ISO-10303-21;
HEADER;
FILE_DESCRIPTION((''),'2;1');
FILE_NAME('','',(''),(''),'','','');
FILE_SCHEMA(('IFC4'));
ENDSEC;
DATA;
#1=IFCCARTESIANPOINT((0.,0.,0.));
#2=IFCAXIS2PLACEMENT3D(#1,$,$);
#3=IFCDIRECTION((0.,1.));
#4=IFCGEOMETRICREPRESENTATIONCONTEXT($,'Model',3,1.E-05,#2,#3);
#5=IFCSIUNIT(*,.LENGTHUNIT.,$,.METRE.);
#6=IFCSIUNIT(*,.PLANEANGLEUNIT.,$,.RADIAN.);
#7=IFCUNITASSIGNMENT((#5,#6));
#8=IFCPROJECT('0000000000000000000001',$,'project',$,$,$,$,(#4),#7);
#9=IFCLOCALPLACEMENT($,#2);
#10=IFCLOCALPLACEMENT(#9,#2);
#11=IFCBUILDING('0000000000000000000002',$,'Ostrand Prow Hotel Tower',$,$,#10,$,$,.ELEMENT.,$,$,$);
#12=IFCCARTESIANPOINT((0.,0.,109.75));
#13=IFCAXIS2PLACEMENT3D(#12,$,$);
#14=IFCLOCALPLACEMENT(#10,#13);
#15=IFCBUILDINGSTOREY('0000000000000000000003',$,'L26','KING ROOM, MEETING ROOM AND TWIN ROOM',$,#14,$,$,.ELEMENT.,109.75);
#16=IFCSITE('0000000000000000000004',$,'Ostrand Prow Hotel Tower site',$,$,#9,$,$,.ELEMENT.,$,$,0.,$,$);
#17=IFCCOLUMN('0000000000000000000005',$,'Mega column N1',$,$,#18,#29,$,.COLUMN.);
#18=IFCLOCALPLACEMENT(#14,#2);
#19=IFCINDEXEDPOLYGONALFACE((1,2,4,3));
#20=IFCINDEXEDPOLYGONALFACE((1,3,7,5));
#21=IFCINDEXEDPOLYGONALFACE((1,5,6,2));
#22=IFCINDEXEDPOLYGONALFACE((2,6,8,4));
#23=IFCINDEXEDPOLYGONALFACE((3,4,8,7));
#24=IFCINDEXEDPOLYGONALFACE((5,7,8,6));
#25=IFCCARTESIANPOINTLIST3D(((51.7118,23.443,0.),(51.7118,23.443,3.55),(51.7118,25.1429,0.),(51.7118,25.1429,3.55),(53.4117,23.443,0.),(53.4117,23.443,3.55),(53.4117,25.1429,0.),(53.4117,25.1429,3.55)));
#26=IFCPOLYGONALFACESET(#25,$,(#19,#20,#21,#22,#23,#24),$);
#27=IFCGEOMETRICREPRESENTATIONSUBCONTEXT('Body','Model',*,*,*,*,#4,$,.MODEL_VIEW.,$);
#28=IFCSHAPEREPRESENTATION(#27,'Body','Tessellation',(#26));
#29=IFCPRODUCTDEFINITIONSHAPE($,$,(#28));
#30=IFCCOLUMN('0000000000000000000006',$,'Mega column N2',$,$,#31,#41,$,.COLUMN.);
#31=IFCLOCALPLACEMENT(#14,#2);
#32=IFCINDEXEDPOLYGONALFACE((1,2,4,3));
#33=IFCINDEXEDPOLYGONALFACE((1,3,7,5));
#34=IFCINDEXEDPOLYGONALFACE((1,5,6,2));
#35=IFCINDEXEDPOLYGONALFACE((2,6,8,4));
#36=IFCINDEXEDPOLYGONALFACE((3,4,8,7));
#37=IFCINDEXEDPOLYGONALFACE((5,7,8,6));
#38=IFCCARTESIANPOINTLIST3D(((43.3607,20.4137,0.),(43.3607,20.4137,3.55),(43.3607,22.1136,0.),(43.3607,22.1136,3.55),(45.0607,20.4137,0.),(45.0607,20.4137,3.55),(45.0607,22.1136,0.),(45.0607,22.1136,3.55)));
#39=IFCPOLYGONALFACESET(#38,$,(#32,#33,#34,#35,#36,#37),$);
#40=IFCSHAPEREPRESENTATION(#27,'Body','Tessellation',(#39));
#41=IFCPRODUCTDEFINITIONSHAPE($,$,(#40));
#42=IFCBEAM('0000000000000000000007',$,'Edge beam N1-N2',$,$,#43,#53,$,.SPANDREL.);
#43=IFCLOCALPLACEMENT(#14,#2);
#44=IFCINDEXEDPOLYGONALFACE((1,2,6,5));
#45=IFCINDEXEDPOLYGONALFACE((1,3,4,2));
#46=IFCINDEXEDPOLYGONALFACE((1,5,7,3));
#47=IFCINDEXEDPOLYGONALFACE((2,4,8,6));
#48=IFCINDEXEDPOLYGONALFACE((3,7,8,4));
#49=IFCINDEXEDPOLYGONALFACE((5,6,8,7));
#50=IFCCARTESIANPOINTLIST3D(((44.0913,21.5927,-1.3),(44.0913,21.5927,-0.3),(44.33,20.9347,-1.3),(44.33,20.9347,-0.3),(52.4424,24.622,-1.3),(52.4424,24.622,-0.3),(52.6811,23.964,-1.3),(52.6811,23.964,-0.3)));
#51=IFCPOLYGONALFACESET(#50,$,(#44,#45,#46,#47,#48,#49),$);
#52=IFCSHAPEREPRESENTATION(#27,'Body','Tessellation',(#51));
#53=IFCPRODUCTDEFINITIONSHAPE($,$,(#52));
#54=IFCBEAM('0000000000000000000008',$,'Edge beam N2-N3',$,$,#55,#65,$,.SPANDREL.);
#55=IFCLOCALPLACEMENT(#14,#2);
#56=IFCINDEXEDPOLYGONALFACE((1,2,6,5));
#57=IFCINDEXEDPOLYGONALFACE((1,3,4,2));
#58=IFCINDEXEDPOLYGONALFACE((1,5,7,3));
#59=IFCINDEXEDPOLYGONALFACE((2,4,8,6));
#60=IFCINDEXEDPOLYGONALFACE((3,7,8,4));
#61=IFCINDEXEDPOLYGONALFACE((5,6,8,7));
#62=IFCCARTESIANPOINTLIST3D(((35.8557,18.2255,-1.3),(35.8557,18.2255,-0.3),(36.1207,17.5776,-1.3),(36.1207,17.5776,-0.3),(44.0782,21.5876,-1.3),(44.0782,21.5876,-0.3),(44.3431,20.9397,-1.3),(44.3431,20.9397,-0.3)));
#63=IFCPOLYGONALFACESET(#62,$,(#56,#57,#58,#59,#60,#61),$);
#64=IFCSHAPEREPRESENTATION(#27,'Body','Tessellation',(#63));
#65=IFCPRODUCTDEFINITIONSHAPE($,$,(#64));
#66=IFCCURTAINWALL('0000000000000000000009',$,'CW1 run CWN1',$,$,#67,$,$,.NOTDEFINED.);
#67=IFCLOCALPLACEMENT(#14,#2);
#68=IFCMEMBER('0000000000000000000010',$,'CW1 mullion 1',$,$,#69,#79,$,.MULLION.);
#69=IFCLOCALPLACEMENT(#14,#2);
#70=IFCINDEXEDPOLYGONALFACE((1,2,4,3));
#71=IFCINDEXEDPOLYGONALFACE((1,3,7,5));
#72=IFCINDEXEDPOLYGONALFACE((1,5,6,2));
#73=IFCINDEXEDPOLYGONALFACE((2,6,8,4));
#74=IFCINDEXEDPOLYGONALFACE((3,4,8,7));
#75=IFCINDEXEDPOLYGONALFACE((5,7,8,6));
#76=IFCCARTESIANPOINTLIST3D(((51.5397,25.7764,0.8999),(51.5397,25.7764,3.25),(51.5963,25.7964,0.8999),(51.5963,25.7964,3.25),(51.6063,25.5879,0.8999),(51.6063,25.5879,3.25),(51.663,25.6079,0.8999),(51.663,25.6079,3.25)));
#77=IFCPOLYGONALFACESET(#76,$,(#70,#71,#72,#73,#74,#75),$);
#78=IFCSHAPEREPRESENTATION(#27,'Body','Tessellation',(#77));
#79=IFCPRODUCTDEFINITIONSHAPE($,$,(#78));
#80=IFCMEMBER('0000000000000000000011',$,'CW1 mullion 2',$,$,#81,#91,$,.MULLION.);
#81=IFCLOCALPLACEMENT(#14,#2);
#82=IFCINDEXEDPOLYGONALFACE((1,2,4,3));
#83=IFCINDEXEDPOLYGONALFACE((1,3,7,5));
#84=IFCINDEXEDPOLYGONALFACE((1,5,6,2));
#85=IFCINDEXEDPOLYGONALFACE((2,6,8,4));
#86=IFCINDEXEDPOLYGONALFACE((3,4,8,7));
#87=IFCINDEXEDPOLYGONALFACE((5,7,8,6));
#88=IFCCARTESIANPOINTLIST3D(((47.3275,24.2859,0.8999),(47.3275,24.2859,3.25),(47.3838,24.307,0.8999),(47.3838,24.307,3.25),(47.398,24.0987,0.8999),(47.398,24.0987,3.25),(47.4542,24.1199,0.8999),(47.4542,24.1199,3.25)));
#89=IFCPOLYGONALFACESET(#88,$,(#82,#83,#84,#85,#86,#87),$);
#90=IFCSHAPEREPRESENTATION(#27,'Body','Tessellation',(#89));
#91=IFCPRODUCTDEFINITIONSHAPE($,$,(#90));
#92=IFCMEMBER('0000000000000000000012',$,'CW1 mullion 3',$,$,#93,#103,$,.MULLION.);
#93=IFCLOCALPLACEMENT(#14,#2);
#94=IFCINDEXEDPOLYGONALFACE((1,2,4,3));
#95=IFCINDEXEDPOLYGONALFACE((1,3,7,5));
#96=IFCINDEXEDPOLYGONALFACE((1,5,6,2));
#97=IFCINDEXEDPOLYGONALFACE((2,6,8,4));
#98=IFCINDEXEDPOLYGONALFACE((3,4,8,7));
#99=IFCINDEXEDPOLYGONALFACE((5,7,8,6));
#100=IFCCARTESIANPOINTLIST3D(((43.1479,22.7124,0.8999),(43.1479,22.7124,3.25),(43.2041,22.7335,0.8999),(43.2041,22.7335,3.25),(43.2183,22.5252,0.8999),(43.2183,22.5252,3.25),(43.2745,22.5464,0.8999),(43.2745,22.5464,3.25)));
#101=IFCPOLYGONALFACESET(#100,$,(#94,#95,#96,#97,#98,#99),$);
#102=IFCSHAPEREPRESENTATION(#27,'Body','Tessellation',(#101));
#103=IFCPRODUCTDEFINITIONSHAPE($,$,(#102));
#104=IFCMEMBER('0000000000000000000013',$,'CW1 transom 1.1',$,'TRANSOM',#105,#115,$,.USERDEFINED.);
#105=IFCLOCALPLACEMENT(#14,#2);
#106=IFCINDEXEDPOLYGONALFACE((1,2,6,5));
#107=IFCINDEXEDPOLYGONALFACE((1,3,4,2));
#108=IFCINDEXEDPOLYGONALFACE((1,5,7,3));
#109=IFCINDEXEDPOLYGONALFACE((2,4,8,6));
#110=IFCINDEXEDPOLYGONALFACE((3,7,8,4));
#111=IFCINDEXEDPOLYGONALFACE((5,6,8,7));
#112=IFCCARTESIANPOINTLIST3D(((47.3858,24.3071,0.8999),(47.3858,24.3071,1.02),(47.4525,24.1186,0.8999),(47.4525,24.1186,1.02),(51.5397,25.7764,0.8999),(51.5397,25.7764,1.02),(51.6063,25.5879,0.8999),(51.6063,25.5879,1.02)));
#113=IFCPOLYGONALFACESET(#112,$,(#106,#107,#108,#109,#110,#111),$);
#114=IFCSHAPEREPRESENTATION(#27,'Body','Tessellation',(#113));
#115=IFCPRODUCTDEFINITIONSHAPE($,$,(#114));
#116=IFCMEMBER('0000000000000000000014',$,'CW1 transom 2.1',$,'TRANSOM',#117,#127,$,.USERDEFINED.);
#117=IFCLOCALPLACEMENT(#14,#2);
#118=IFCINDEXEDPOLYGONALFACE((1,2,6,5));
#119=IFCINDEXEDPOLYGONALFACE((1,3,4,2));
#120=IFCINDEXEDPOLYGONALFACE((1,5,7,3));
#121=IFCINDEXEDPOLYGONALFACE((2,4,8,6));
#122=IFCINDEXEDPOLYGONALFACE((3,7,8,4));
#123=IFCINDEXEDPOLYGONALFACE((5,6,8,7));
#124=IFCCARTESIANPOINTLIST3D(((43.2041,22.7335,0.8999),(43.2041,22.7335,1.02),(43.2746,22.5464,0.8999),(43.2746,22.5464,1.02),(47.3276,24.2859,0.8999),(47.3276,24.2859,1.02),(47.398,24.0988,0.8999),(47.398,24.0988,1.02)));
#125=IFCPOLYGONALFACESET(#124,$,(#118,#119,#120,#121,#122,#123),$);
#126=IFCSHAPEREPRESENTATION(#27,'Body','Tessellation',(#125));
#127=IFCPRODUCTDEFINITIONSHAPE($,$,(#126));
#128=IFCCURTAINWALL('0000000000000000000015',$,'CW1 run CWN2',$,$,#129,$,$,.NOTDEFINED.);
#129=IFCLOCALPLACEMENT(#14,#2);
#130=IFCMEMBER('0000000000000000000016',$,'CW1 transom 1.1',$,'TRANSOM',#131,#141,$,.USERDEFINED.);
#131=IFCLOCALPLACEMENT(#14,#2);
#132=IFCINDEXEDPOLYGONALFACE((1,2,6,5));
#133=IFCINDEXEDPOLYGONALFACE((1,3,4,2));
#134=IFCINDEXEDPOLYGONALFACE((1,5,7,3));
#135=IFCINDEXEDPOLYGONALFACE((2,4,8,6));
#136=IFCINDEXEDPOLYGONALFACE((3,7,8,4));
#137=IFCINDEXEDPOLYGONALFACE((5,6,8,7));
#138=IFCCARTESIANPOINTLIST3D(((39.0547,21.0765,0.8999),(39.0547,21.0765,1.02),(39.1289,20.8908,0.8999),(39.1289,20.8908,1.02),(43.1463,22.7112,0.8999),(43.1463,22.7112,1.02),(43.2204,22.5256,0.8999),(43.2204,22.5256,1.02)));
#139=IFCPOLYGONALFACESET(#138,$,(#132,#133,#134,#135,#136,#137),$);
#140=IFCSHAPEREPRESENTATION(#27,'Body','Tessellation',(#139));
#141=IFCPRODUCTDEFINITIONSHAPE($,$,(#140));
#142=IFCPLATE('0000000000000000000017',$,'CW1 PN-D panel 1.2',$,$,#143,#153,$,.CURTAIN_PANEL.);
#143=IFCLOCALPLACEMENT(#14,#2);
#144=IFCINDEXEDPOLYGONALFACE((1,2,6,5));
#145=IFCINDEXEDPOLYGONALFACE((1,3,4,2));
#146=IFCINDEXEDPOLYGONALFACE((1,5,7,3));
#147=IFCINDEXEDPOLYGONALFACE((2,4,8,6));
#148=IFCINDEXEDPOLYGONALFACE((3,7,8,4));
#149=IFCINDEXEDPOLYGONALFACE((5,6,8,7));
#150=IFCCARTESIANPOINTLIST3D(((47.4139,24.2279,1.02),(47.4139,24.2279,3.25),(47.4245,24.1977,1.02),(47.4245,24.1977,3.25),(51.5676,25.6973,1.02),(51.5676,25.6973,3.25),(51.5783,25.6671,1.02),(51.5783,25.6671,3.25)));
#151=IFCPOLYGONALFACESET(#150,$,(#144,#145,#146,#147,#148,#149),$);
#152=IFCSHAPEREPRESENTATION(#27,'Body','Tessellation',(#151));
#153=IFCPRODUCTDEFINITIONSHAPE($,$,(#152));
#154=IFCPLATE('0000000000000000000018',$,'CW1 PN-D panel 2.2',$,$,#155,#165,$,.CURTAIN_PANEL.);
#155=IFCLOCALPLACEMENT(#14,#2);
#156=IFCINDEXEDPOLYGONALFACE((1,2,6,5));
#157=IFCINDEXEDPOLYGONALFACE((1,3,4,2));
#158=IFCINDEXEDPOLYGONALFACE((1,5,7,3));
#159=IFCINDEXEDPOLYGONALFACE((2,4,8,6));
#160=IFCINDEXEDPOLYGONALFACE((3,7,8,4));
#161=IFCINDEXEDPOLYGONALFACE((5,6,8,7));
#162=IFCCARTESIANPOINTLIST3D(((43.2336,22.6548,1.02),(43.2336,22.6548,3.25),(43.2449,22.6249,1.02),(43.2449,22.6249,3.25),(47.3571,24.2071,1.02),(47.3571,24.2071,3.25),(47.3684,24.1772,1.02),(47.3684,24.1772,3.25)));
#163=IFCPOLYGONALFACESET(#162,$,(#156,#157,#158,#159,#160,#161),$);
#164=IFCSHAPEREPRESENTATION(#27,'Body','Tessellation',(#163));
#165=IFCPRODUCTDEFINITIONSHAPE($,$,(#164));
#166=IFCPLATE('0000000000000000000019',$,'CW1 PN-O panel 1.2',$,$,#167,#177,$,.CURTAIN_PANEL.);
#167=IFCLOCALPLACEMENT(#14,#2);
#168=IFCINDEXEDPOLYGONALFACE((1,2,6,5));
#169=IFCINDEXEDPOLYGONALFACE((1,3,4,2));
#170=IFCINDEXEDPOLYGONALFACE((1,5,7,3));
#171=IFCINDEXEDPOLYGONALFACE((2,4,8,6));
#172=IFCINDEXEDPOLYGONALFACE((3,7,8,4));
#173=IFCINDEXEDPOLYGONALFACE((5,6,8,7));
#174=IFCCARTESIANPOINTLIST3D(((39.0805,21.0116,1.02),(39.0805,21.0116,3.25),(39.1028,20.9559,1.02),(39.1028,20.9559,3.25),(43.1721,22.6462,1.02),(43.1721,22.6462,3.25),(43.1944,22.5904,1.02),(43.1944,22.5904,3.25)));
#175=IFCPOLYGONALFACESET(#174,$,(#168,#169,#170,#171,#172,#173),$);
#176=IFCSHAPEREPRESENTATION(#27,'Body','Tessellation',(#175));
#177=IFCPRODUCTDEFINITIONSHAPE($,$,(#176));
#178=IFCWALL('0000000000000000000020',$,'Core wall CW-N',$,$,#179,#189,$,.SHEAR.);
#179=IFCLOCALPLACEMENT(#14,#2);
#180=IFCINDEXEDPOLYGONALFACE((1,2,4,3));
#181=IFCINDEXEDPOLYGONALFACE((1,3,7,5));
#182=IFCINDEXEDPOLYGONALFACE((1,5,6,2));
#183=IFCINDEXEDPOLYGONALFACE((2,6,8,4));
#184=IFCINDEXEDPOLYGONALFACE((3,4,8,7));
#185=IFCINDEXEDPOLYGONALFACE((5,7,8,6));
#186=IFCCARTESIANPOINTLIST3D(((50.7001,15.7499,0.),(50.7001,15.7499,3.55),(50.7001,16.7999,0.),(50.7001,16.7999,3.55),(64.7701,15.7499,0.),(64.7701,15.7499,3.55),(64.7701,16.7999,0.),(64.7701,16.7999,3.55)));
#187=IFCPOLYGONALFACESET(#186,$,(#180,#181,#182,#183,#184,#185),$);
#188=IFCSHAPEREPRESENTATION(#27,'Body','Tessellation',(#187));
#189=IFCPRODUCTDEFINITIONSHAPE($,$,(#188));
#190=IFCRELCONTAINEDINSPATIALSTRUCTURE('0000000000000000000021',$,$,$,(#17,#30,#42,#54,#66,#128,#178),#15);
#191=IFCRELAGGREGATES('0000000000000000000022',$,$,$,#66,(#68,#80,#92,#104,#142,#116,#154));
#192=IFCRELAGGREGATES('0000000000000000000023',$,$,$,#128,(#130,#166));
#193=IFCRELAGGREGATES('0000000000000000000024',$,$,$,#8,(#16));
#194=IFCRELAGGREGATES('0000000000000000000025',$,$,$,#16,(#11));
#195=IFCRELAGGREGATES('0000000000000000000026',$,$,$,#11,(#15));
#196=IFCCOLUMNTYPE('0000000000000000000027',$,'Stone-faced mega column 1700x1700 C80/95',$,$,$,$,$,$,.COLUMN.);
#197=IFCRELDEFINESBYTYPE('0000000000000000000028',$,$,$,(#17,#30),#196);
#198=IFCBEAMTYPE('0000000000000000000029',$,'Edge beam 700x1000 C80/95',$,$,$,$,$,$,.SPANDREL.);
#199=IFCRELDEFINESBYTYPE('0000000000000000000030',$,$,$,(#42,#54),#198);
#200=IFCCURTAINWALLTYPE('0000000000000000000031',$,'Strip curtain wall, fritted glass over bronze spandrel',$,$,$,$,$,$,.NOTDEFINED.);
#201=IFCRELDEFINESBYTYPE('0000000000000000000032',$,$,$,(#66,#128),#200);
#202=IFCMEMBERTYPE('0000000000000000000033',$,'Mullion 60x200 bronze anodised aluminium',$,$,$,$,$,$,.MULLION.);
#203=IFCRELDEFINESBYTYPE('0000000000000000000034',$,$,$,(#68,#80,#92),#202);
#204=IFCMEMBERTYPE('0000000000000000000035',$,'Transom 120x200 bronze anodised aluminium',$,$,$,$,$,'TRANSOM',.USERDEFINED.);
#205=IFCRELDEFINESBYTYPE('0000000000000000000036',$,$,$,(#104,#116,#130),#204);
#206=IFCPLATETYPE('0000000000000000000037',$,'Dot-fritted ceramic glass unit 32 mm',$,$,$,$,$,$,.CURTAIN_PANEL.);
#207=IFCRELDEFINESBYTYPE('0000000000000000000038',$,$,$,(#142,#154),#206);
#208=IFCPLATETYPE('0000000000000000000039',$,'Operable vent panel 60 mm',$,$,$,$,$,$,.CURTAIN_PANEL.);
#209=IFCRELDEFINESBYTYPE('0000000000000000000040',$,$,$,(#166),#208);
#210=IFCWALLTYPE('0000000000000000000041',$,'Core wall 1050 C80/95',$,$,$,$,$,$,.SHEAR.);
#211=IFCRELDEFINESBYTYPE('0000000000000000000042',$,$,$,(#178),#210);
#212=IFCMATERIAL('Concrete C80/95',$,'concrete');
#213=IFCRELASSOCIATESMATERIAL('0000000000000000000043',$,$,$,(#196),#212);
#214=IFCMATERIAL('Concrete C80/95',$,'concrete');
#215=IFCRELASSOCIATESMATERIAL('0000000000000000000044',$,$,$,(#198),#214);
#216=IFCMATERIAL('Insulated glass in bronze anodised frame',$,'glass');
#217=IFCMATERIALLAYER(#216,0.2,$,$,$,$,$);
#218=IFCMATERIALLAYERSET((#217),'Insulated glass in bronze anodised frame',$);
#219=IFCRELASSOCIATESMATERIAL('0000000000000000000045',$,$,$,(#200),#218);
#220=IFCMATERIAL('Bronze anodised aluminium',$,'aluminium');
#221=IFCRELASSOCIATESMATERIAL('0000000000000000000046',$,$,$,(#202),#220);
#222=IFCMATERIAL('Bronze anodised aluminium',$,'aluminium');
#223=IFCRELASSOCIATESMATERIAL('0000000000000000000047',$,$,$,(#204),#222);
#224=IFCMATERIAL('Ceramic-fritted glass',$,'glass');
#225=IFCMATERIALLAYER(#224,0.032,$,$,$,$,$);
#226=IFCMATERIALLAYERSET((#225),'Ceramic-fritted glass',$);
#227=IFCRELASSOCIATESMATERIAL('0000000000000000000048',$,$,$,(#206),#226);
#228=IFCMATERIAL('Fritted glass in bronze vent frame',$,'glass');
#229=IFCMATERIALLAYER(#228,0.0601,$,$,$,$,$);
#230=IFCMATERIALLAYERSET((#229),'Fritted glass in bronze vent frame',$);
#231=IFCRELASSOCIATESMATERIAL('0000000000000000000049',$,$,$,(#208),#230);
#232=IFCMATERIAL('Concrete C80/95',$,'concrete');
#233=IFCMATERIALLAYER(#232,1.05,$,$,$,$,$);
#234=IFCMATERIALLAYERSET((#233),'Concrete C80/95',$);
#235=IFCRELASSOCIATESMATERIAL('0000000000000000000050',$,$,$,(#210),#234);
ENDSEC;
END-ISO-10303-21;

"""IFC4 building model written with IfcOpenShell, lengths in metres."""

from ifc_helpers import new_model, si_unit, direction, frame, frame_2d, origin, origin_2d, place, context, subcontext, project, spatial, rectangle, extrude, material, layer, layer_set, material_profile, profile_set, type_object, element, aggregate, save


model = new_model("IFC4")

# Units and contexts
model_context = context("Model", 3, precision=1e-05, world=origin(), true_north=direction((0.0, 1.0)))
body_context = subcontext(model_context, "Body", "Model", "MODEL_VIEW")
ifc_project = project(units=[si_unit("LENGTHUNIT", "METRE"), si_unit("PLANEANGLEUNIT", "RADIAN")], contexts=[model_context])

# Site, building, storey
site_placement = place(None, origin())
site = spatial("IfcSite", under=ifc_project, at=site_placement, Name="Ostrand Prow Hotel Tower site", CompositionType="ELEMENT", RefElevation=0.0)
building_placement = place(site_placement, origin())
building = spatial("IfcBuilding", under=site, at=building_placement, Name="Ostrand Prow Hotel Tower", CompositionType="ELEMENT")
storey_placement = place(building_placement, frame((0.0, 0.0, 109.75)))
storey = spatial("IfcBuildingStorey", under=building, at=storey_placement, Name="L26", Description="KING ROOM, MEETING ROOM AND TWIN ROOM", CompositionType="ELEMENT", Elevation=109.75)

# Columns
ifc_material_1 = material(Name="Concrete C80/95", Category="concrete")
ifc_material_profile_1 = material_profile(ifc_material_1, rectangle(XDim=1.7, YDim=1.7, at=origin_2d()), Name="RC 1700x1700")
ifc_profile_set_1 = profile_set([ifc_material_profile_1], Name="Concrete C80/95")
column_type = type_object("IfcColumnType", Name="Stone-faced mega column 1700x1700 C80/95", PredefinedType="COLUMN", material=ifc_profile_set_1)
for number, where, z_axis, x_axis, name in (
    (1, (52.5618, 24.293, 0.0), (0.0, 0.0, 1.0), (1.0, 0.0, 0.0), "Mega column N1"),
    (2, (44.2107, 21.2637, 0.0), (0.0, 0.0, 1.0), (1.0, 0.0, 0.0), "Mega column N2"),
):
    element("IfcColumn", number, at=place(storey_placement, frame(where, z_axis=z_axis, x_axis=x_axis)), inside=storey, type_object=column_type, Name=name, PredefinedType="COLUMN", context=body_context, shape_type="SweptSolid", body=[
        extrude(rectangle(XDim=1.7, YDim=1.7, at=origin_2d()), origin(), (0.0, 0.0, 1.0), 3.55),
    ])

# Beams
ifc_material_2 = material(Name="Concrete C80/95", Category="concrete")
ifc_material_profile_2 = material_profile(ifc_material_2, rectangle(XDim=0.7, YDim=1.0, at=origin_2d()), Name="RC 700x1000")
ifc_profile_set_2 = profile_set([ifc_material_profile_2], Name="Concrete C80/95")
beam_type = type_object("IfcBeamType", Name="Edge beam 700x1000 C80/95", PredefinedType="SPANDREL", material=ifc_profile_set_2)
beam_1_placement = place(storey_placement, frame((52.5618, 24.293, -0.8), z_axis=(-0.940063, -0.341002, 0.0), x_axis=(0.341002, -0.940063, 0.0)))
element("IfcBeam", 3, at=beam_1_placement, inside=storey, type_object=beam_type, Name="Edge beam N1-N2", PredefinedType="SPANDREL", context=body_context, shape_type="SweptSolid", body=[
    extrude(rectangle(XDim=0.7, YDim=1.0, at=origin_2d()), origin(), (0.0, 0.0, 1.0), 8.8835),
])
beam_2_placement = place(storey_placement, frame((44.2107, 21.2637, -0.8), z_axis=(-0.925612, -0.378473, 0.0), x_axis=(0.378473, -0.925612, 0.0)))
element("IfcBeam", 4, at=beam_2_placement, inside=storey, type_object=beam_type, Name="Edge beam N2-N3", PredefinedType="SPANDREL", context=body_context, shape_type="SweptSolid", body=[
    extrude(rectangle(XDim=0.7, YDim=1.0, at=origin_2d()), origin(), (0.0, 0.0, 1.0), 8.8833),
])

# Curtain wall, members
ifc_material_3 = material(Name="Insulated glass in bronze anodised frame", Category="glass")
ifc_layer_1 = layer(ifc_material_3, 0.2)
ifc_layer_set_1 = layer_set([ifc_layer_1], Name="Insulated glass in bronze anodised frame")
curtain_wall_type = type_object("IfcCurtainWallType", Name="Strip curtain wall, fritted glass over bronze spandrel", PredefinedType="NOTDEFINED", material=ifc_layer_set_1)
curtain_wall_1_placement = place(storey_placement, origin())
curtain_wall_1 = element("IfcCurtainWall", 5, at=curtain_wall_1_placement, inside=storey, type_object=curtain_wall_type, Name="CW1 run CWN1", PredefinedType="NOTDEFINED")
ifc_material_4 = material(Name="Bronze anodised aluminium", Category="aluminium")
ifc_material_profile_3 = material_profile(ifc_material_4, rectangle(XDim=0.2, YDim=0.0601, at=origin_2d()), Name="Mullion 60x200 bronze anodised aluminium")
ifc_profile_set_3 = profile_set([ifc_material_profile_3], Name="Bronze anodised aluminium")
member_type_1 = type_object("IfcMemberType", Name="Mullion 60x200 bronze anodised aluminium", PredefinedType="MULLION", material=ifc_profile_set_3)
member_1_placement = place(storey_placement, frame((51.6013, 25.6921, 0.8999), z_axis=(0.0, 0.0, 1.0), x_axis=(0.333496, -0.942752, 0.0)))
member_1 = element("IfcMember", 6, at=member_1_placement, type_object=member_type_1, Name="CW1 mullion 1", PredefinedType="MULLION", context=body_context, shape_type="SweptSolid", body=[
    extrude(rectangle(XDim=0.2, YDim=0.0601, at=origin_2d()), origin(), (0.0, 0.0, 1.0), 2.3501),
])
member_2_placement = place(storey_placement, frame((47.3909, 24.2029, 0.8999), z_axis=(0.0, 0.0, 1.0), x_axis=(0.352309, -0.935884, 0.0)))
member_2 = element("IfcMember", 7, at=member_2_placement, type_object=member_type_1, Name="CW1 mullion 2", PredefinedType="MULLION", context=body_context, shape_type="SweptSolid", body=[
    extrude(rectangle(XDim=0.2, YDim=0.0601, at=origin_2d()), origin(), (0.0, 0.0, 1.0), 2.3501),
])
member_3_placement = place(storey_placement, frame((43.2112, 22.6294, 0.8999), z_axis=(0.0, 0.0, 1.0), x_axis=(0.352309, -0.935884, 0.0)))
member_3 = element("IfcMember", 8, at=member_3_placement, type_object=member_type_1, Name="CW1 mullion 3", PredefinedType="MULLION", context=body_context, shape_type="SweptSolid", body=[
    extrude(rectangle(XDim=0.2, YDim=0.0601, at=origin_2d()), origin(), (0.0, 0.0, 1.0), 2.3501),
])
ifc_material_5 = material(Name="Bronze anodised aluminium", Category="aluminium")
ifc_material_profile_4 = material_profile(ifc_material_5, rectangle(XDim=0.2, YDim=0.1201, at=origin_2d()), Name="Transom 120x200 bronze anodised aluminium")
ifc_profile_set_4 = profile_set([ifc_material_profile_4], Name="Bronze anodised aluminium")
member_type_2 = type_object("IfcMemberType", Name="Transom 120x200 bronze anodised aluminium", ElementType="TRANSOM", PredefinedType="USERDEFINED", material=ifc_profile_set_4)
member_4_placement = place(storey_placement, frame((51.573, 25.6821, 0.96), z_axis=(-0.942763, -0.333463, 0.0), x_axis=(0.333463, -0.942763, 0.0)))
member_4 = element("IfcMember", 9, at=member_4_placement, type_object=member_type_2, Name="CW1 transom 1.1", ObjectType="TRANSOM", PredefinedType="USERDEFINED", context=body_context, shape_type="SweptSolid", body=[
    extrude(rectangle(XDim=0.2, YDim=0.1201, at=origin_2d()), origin(), (0.0, 0.0, 1.0), 4.406),
])
member_5_placement = place(storey_placement, frame((47.3628, 24.1924, 0.96), z_axis=(-0.935868, -0.35235, 0.0), x_axis=(0.35235, -0.935868, 0.0)))
member_5 = element("IfcMember", 10, at=member_5_placement, type_object=member_type_2, Name="CW1 transom 2.1", ObjectType="TRANSOM", PredefinedType="USERDEFINED", context=body_context, shape_type="SweptSolid", body=[
    extrude(rectangle(XDim=0.2, YDim=0.1201, at=origin_2d()), origin(), (0.0, 0.0, 1.0), 4.406),
])

# Curtain wall, member
curtain_wall_2_placement = place(storey_placement, origin())
curtain_wall_2 = element("IfcCurtainWall", 11, at=curtain_wall_2_placement, inside=storey, type_object=curtain_wall_type, Name="CW1 run CWN2", PredefinedType="NOTDEFINED")
member_6_placement = place(storey_placement, frame((43.1833, 22.6184, 0.96), z_axis=(-0.928622, -0.371028, 0.0), x_axis=(0.371028, -0.928622, 0.0)))
member_6 = element("IfcMember", 12, at=member_6_placement, type_object=member_type_2, Name="CW1 transom 1.1", ObjectType="TRANSOM", PredefinedType="USERDEFINED", context=body_context, shape_type="SweptSolid", body=[
    extrude(rectangle(XDim=0.2, YDim=0.1201, at=origin_2d()), origin(), (0.0, 0.0, 1.0), 4.406),
])

# Plates
ifc_material_6 = material(Name="Ceramic-fritted glass", Category="glass")
ifc_layer_2 = layer(ifc_material_6, 0.032)
ifc_layer_set_2 = layer_set([ifc_layer_2], Name="Ceramic-fritted glass")
plate_type_1 = type_object("IfcPlateType", Name="Dot-fritted ceramic glass unit 32 mm", PredefinedType="CURTAIN_PANEL", material=ifc_layer_set_2)
plate_1_placement = place(storey_placement, frame((49.4961, 24.9475, 1.02), z_axis=(0.0, 0.0, 1.0), x_axis=(-0.942752, -0.333496, 0.0)))
plate_1 = element("IfcPlate", 13, at=plate_1_placement, type_object=plate_type_1, Name="CW1 PN-D panel 1.2", PredefinedType="CURTAIN_PANEL", context=body_context, shape_type="SweptSolid", body=[
    extrude(rectangle(XDim=4.406, YDim=0.032, at=origin_2d()), origin(), (0.0, 0.0, 1.0), 2.23),
])
plate_2_placement = place(storey_placement, frame((45.301, 23.416, 1.02), z_axis=(0.0, 0.0, 1.0), x_axis=(-0.935884, -0.352309, 0.0)))
plate_2 = element("IfcPlate", 14, at=plate_2_placement, type_object=plate_type_1, Name="CW1 PN-D panel 2.2", PredefinedType="CURTAIN_PANEL", context=body_context, shape_type="SweptSolid", body=[
    extrude(rectangle(XDim=4.406, YDim=0.032, at=origin_2d()), origin(), (0.0, 0.0, 1.0), 2.23),
])
aggregate(curtain_wall_1, [member_1, member_2, member_3, member_4, plate_1, member_5, plate_2])
ifc_material_7 = material(Name="Fritted glass in bronze vent frame", Category="glass")
ifc_layer_3 = layer(ifc_material_7, 0.0601)
ifc_layer_set_3 = layer_set([ifc_layer_3], Name="Fritted glass in bronze vent frame")
plate_type_2 = type_object("IfcPlateType", Name="Operable vent panel 60 mm", PredefinedType="CURTAIN_PANEL", material=ifc_layer_set_3)
plate_3_placement = place(storey_placement, frame((41.1375, 21.801, 1.02), z_axis=(0.0, 0.0, 1.0), x_axis=(-0.92864, -0.370982, 0.0)))
plate_3 = element("IfcPlate", 15, at=plate_3_placement, type_object=plate_type_2, Name="CW1 PN-O panel 1.2", PredefinedType="CURTAIN_PANEL", context=body_context, shape_type="SweptSolid", body=[
    extrude(rectangle(XDim=4.406, YDim=0.0601, at=origin_2d()), origin(), (0.0, 0.0, 1.0), 2.23),
])
aggregate(curtain_wall_2, [member_6, plate_3])

# Wall
ifc_material_8 = material(Name="Concrete C80/95", Category="concrete")
ifc_layer_4 = layer(ifc_material_8, 1.05)
ifc_layer_set_4 = layer_set([ifc_layer_4], Name="Concrete C80/95")
wall_type_1 = type_object("IfcWallType", Name="Core wall 1050 C80/95", PredefinedType="SHEAR", material=ifc_layer_set_4)
wall_1_placement = place(storey_placement, frame((50.7, 16.2749, 0.0), z_axis=(0.0, 0.0, 1.0), x_axis=(1.0, 0.0, 0.0)))
element("IfcWall", 16, at=wall_1_placement, inside=storey, type_object=wall_type_1, Name="Core wall CW-N", PredefinedType="SHEAR", context=body_context, shape_type="SweptSolid", body=[
    extrude(rectangle(XDim=14.0701, YDim=1.05, at=frame_2d((7.0352, 0.0))), origin(), (0.0, 0.0, 1.0), 3.55),
])

save(model, "model.ifc")
